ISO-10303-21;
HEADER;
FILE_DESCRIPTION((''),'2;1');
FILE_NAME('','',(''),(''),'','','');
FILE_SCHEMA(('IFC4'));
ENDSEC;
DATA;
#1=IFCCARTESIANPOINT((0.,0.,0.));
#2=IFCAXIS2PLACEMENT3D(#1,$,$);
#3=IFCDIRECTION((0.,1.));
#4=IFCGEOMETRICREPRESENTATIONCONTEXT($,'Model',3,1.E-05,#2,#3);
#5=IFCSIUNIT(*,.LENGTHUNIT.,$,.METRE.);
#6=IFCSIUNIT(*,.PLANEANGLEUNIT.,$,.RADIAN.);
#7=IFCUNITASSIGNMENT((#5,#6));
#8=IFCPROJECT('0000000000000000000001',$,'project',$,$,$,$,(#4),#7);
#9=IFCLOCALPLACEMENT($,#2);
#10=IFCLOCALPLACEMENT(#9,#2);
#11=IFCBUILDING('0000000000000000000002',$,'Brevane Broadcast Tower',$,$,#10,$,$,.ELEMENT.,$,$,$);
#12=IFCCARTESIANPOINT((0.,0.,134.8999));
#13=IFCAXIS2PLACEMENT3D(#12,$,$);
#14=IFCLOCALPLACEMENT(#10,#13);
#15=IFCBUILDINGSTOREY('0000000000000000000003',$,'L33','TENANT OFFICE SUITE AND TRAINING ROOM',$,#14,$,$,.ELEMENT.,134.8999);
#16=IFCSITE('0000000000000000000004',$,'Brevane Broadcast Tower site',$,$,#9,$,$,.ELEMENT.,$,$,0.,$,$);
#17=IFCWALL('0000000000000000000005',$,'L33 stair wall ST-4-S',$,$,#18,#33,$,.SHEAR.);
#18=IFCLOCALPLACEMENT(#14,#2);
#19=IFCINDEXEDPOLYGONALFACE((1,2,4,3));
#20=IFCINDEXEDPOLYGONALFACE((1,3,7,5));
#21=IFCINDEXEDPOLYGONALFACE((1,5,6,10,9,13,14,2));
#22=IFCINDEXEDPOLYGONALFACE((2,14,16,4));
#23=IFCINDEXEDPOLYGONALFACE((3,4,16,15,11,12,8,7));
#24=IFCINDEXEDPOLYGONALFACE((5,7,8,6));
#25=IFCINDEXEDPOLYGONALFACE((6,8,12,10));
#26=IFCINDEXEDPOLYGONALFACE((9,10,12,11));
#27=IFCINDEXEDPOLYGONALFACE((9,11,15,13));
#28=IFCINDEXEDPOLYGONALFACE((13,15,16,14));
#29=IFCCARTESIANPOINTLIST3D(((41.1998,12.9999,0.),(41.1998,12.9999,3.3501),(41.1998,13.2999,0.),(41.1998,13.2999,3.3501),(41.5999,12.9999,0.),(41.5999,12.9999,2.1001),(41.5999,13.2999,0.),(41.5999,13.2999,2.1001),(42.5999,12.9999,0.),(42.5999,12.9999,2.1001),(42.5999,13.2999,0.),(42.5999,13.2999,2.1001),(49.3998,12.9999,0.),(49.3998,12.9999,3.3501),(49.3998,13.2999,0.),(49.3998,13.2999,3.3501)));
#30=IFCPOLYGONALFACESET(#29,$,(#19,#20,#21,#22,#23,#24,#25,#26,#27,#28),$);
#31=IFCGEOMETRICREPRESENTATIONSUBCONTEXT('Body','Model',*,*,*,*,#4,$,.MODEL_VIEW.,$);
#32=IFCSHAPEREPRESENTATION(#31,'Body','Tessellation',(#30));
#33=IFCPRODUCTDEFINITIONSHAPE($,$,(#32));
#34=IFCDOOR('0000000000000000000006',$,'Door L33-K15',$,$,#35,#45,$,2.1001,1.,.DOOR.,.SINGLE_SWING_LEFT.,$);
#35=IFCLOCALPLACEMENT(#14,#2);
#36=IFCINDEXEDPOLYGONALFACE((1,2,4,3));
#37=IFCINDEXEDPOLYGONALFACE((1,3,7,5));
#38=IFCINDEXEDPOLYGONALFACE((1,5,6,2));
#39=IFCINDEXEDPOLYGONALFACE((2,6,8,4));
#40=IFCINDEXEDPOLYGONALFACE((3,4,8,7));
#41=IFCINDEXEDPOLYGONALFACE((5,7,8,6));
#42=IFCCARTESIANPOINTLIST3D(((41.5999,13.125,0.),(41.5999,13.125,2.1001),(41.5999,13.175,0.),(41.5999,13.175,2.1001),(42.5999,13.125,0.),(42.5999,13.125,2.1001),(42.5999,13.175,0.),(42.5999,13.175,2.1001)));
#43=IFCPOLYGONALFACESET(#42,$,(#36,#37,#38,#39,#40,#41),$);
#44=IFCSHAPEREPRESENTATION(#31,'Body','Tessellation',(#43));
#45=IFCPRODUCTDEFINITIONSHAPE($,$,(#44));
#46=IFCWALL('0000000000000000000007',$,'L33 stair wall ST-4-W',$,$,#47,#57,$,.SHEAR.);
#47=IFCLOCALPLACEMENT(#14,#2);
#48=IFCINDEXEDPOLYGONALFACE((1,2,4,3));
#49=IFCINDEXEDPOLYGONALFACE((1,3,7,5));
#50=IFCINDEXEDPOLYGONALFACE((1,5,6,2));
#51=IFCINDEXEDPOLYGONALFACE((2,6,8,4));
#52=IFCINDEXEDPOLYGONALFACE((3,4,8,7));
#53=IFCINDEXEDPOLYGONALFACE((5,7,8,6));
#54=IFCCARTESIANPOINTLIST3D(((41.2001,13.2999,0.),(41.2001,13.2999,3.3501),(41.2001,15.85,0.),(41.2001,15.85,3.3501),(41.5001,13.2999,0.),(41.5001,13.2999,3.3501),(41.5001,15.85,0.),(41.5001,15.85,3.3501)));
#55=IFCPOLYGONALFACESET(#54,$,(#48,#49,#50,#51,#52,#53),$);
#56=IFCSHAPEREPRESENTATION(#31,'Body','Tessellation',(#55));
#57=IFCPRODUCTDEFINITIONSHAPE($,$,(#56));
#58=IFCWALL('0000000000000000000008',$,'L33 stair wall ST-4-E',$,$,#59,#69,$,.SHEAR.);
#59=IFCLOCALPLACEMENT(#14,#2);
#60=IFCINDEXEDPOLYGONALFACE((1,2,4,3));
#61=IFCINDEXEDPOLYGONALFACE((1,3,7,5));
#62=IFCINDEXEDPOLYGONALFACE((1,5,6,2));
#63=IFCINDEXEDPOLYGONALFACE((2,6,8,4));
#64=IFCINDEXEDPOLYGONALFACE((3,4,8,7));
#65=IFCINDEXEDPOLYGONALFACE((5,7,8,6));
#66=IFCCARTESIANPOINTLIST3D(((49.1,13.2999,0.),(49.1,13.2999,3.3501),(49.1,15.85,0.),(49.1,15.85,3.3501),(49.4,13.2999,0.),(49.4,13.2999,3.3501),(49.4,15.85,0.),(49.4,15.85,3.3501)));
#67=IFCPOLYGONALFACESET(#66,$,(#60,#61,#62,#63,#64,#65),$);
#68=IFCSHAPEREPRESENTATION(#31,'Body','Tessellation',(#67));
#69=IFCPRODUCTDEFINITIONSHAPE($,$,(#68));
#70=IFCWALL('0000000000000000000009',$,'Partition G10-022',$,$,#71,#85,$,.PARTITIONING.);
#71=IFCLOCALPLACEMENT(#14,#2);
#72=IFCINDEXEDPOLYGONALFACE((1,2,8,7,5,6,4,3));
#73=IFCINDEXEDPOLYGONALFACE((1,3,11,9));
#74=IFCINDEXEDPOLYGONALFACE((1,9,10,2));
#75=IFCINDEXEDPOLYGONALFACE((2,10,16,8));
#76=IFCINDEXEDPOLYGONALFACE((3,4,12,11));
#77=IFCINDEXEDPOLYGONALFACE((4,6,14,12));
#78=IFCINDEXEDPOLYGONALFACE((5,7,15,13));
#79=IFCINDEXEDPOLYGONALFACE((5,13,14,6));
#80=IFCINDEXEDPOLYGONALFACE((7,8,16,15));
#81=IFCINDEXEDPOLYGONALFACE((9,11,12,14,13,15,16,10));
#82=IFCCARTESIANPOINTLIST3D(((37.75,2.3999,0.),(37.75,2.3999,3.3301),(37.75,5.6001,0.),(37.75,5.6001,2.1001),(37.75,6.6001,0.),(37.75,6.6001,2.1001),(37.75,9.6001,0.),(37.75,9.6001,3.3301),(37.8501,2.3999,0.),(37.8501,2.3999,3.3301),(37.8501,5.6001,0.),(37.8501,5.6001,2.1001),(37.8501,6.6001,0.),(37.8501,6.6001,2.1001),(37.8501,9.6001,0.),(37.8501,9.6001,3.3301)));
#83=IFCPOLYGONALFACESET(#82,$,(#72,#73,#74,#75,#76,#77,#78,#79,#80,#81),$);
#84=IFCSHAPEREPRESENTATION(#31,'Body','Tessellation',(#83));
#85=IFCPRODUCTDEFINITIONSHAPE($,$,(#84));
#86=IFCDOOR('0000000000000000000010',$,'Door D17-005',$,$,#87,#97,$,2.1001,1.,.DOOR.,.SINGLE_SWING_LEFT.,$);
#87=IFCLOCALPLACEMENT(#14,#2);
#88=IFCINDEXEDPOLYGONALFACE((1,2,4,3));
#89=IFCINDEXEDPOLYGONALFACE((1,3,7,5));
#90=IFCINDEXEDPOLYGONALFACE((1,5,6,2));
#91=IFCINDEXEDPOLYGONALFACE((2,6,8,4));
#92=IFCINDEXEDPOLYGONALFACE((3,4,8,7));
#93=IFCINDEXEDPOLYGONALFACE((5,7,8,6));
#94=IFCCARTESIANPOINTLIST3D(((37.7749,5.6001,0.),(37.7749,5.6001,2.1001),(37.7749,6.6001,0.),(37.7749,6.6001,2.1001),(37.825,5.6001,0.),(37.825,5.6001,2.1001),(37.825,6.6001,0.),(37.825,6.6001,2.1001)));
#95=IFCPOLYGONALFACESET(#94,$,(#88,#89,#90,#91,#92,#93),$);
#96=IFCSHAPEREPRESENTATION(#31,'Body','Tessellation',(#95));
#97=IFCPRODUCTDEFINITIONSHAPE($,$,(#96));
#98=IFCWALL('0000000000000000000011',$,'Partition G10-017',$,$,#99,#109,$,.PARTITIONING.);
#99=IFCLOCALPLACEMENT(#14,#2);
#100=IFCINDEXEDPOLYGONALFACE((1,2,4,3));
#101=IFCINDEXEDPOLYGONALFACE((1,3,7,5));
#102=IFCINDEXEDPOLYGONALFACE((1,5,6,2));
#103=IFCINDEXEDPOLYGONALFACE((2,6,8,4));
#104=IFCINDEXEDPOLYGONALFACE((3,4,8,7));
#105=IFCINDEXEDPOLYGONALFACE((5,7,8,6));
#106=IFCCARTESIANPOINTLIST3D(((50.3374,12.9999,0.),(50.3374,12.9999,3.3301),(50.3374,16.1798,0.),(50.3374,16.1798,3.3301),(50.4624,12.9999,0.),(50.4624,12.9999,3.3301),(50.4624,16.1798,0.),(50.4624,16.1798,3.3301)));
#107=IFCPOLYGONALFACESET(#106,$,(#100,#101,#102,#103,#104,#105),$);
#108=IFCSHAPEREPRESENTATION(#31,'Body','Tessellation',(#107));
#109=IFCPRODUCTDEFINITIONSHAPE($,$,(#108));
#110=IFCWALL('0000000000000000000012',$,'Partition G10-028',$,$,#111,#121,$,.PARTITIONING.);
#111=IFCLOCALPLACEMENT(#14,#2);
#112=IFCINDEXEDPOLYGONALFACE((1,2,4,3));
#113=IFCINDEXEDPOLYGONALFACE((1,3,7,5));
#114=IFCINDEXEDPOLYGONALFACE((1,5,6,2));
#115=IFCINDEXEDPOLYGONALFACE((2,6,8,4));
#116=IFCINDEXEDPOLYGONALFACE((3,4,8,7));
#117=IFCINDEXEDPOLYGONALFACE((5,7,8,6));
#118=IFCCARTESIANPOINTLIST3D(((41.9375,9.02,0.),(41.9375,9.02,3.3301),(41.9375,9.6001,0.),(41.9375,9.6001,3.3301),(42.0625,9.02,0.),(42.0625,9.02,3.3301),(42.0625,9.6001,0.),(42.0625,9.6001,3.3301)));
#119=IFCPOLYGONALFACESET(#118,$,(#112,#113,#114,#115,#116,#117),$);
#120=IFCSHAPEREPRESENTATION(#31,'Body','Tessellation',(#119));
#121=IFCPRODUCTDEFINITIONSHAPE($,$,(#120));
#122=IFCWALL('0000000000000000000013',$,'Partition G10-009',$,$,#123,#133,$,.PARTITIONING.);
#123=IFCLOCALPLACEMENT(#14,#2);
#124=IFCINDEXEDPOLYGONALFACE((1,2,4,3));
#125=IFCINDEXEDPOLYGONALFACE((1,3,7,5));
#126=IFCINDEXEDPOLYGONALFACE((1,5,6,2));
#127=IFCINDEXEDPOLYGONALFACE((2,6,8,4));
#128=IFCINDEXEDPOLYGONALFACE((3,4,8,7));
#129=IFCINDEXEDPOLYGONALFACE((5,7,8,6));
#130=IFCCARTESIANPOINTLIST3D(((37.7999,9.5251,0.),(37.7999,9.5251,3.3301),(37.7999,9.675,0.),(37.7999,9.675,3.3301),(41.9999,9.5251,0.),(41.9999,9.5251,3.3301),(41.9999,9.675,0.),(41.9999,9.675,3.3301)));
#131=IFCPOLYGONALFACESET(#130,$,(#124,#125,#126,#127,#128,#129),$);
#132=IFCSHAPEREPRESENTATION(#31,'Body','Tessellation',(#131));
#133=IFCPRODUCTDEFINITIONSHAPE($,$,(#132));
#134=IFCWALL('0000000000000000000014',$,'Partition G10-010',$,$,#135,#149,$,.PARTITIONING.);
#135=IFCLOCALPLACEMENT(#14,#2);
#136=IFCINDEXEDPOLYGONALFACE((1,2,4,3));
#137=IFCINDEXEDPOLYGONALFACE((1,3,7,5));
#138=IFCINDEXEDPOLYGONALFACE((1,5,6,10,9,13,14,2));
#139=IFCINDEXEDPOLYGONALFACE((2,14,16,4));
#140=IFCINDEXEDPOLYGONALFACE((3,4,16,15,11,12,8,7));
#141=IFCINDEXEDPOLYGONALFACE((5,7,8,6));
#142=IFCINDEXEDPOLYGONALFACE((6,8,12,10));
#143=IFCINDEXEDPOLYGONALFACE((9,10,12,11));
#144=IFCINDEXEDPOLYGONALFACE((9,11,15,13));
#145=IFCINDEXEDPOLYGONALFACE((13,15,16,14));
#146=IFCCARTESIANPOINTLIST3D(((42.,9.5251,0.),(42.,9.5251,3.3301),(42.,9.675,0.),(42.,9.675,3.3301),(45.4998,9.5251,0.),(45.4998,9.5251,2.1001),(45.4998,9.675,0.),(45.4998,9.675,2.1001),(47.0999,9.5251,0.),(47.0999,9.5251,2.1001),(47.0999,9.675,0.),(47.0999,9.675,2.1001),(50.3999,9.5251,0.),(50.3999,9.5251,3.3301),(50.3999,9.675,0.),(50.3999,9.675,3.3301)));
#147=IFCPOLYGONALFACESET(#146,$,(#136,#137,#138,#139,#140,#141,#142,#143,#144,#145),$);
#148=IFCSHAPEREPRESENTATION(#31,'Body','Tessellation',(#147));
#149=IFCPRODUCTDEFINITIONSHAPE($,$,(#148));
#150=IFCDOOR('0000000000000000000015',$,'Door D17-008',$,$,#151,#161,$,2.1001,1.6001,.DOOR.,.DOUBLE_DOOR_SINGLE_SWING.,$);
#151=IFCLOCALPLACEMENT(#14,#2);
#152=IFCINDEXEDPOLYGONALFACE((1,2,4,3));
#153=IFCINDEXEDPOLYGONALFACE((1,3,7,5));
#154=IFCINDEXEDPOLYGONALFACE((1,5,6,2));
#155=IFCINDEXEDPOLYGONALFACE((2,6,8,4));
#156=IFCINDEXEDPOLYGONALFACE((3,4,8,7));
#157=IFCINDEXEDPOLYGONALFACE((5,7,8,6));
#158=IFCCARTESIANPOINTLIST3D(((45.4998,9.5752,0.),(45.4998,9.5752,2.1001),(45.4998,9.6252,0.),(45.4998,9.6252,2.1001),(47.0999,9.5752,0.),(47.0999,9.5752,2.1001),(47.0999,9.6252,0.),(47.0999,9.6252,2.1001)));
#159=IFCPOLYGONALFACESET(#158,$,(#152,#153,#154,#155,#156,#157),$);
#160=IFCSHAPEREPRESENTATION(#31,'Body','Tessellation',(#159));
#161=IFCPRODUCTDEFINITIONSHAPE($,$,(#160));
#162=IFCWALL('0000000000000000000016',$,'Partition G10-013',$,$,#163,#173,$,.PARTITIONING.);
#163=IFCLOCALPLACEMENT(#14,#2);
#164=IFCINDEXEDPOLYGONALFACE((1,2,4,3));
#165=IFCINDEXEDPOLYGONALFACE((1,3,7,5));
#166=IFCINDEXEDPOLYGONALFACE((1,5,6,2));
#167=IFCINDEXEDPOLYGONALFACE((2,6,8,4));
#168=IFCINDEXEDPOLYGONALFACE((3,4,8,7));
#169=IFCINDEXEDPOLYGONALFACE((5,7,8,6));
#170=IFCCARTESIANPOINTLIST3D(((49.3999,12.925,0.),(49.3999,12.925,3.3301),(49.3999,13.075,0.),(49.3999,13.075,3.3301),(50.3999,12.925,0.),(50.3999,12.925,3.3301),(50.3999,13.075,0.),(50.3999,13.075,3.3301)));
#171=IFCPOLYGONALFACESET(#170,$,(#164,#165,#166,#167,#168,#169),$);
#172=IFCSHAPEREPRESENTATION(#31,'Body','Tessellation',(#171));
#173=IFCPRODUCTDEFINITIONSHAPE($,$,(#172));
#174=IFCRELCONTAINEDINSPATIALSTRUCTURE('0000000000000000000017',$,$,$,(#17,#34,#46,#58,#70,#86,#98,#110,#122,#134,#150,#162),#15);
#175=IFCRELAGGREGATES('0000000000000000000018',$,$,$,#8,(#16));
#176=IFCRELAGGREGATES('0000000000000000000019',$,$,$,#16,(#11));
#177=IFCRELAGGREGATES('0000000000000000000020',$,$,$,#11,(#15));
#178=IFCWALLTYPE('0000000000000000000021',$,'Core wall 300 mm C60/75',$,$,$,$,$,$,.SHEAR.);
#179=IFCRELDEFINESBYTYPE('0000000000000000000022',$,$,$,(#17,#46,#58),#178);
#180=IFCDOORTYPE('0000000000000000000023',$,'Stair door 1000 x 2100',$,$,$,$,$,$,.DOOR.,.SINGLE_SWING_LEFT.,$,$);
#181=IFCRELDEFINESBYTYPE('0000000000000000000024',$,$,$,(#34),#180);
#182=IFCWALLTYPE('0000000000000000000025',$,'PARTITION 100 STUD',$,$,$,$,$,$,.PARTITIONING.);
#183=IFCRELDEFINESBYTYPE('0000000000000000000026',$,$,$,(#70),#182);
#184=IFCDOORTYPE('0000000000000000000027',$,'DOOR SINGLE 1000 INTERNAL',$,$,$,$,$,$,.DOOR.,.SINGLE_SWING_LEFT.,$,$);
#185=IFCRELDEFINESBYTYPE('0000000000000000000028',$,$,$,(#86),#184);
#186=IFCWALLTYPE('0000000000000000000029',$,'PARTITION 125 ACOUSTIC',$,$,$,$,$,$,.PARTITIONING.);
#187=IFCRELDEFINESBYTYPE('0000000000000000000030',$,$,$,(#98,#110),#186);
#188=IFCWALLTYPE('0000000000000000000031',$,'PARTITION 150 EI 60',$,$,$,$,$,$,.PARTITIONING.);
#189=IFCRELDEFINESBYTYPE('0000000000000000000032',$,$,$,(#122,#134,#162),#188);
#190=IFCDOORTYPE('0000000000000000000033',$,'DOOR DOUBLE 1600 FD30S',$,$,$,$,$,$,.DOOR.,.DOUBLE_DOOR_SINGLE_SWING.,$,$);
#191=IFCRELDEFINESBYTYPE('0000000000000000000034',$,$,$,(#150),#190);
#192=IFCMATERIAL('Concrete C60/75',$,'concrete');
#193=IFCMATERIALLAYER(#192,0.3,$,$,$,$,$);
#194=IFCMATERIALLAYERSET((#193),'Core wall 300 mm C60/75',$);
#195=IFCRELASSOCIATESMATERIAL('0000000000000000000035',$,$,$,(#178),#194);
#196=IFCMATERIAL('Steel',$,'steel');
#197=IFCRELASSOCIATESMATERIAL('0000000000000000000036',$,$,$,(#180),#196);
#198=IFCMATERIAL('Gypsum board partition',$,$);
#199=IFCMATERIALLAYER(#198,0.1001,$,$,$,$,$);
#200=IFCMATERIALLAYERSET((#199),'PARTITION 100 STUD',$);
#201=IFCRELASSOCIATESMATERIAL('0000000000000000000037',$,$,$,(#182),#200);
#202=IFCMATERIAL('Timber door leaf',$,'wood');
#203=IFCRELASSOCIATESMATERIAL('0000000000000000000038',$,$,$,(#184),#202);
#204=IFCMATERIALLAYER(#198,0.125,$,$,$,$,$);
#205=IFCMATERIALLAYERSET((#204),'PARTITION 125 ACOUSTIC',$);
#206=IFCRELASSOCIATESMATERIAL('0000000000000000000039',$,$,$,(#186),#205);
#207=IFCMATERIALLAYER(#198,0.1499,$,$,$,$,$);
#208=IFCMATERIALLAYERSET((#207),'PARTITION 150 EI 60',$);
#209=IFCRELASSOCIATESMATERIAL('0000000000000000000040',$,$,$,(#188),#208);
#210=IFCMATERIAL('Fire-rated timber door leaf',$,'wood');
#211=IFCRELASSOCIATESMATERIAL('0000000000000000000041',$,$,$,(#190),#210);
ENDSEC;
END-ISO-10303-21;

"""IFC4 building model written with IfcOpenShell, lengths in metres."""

from ifc_helpers import new_model, si_unit, direction, frame, frame_2d, origin, place, context, subcontext, project, spatial, rectangle, extrude, material, layer, layer_set, type_object, element, fill, save


model = new_model("IFC4")

# Units and contexts
model_context = context("Model", 3, precision=1e-05, world=origin(), true_north=direction((0.0, 1.0)))
body_context = subcontext(model_context, "Body", "Model", "MODEL_VIEW")
ifc_project = project(units=[si_unit("LENGTHUNIT", "METRE"), si_unit("PLANEANGLEUNIT", "RADIAN")], contexts=[model_context])

# Site, building, storey
site_placement = place(None, origin())
site = spatial("IfcSite", under=ifc_project, at=site_placement, Name="Brevane Broadcast Tower site", CompositionType="ELEMENT", RefElevation=0.0)
building_placement = place(site_placement, origin())
building = spatial("IfcBuilding", under=site, at=building_placement, Name="Brevane Broadcast Tower", CompositionType="ELEMENT")
storey_placement = place(building_placement, frame((0.0, 0.0, 134.8999)))
storey = spatial("IfcBuildingStorey", under=building, at=storey_placement, Name="L33", Description="TENANT OFFICE SUITE AND TRAINING ROOM", CompositionType="ELEMENT", Elevation=134.8999)

# Wall, opening, door
ifc_material_1 = material(Name="Concrete C60/75", Category="concrete")
ifc_layer_1 = layer(ifc_material_1, 0.3)
ifc_layer_set_1 = layer_set([ifc_layer_1], Name="Core wall 300 mm C60/75")
wall_type_1 = type_object("IfcWallType", Name="Core wall 300 mm C60/75", PredefinedType="SHEAR", material=ifc_layer_set_1)
wall_1_placement = place(storey_placement, frame((49.3999, 13.1499, 0.0), z_axis=(0.0, 0.0, 1.0), x_axis=(-1.0, 0.0, 0.0)))
wall_1 = element("IfcWall", 1, at=wall_1_placement, inside=storey, type_object=wall_type_1, Name="L33 stair wall ST-4-S", PredefinedType="SHEAR", context=body_context, shape_type="SweptSolid", body=[
    extrude(rectangle(XDim=8.2, YDim=0.3, at=frame_2d((4.1001, 0.0))), origin(), (0.0, 0.0, 1.0), 3.3501),
])
opening_1_placement = place(wall_1_placement, frame((6.8, 0.0, 0.0)))
opening_1 = element("IfcOpeningElement", 2, at=opening_1_placement, cuts=wall_1, PredefinedType="OPENING", context=body_context, shape_type="SweptSolid", body=[
    extrude(rectangle(XDim=1.0, YDim=2.1001, at=frame_2d((0.5, 1.05))), frame((0.0, 0.1599, 0.0), z_axis=(0.0, -1.0, 0.0), x_axis=(1.0, 0.0, 0.0)), (0.0, 0.0, 1.0), 0.3201),
])
ifc_material_2 = material(Name="Steel", Category="steel")
door_type_1 = type_object("IfcDoorType", Name="Stair door 1000 x 2100", OperationType="SINGLE_SWING_LEFT", PredefinedType="DOOR", material=ifc_material_2)
door_1_placement = place(opening_1_placement, origin())
door_1 = element("IfcDoor", 3, at=door_1_placement, inside=storey, type_object=door_type_1, Name="Door L33-K15", OperationType="SINGLE_SWING_LEFT", OverallHeight=2.1001, OverallWidth=1.0, PredefinedType="DOOR", context=body_context, shape_type="SweptSolid", body=[
    extrude(rectangle(XDim=1.0, YDim=2.1001, at=frame_2d((0.5, 1.05))), frame((0.0, 0.0249, 0.0), z_axis=(0.0, -1.0, 0.0), x_axis=(1.0, 0.0, 0.0)), (0.0, 0.0, 1.0), 0.05),
])
fill(opening_1, door_1)

# Walls
for number, where, z_axis, x_axis, name in (
    (4, (41.3501, 13.3, 0.0), (0.0, 0.0, 1.0), (0.0, 1.0, 0.0), "L33 stair wall ST-4-W"),
    (5, (49.25, 13.3, 0.0), (0.0, 0.0, 1.0), (0.0, 1.0, 0.0), "L33 stair wall ST-4-E"),
):
    element("IfcWall", number, at=place(storey_placement, frame(where, z_axis=z_axis, x_axis=x_axis)), inside=storey, type_object=wall_type_1, Name=name, PredefinedType="SHEAR", context=body_context, shape_type="SweptSolid", body=[
        extrude(rectangle(XDim=2.55, YDim=0.3, at=frame_2d((1.2749, 0.0))), origin(), (0.0, 0.0, 1.0), 3.3501),
    ])

# Wall, opening, door
ifc_material_3 = material(Name="Gypsum board partition")
ifc_layer_2 = layer(ifc_material_3, 0.1001)
ifc_layer_set_2 = layer_set([ifc_layer_2], Name="PARTITION 100 STUD")
wall_type_2 = type_object("IfcWallType", Name="PARTITION 100 STUD", PredefinedType="PARTITIONING", material=ifc_layer_set_2)
wall_2_placement = place(storey_placement, frame((37.8, 9.6001, 0.0), z_axis=(0.0, 0.0, 1.0), x_axis=(0.0, -1.0, 0.0)))
wall_2 = element("IfcWall", 6, at=wall_2_placement, inside=storey, type_object=wall_type_2, Name="Partition G10-022", PredefinedType="PARTITIONING", context=body_context, shape_type="SweptSolid", body=[
    extrude(rectangle(XDim=7.2002, YDim=0.1001, at=frame_2d((3.6001, 0.0))), origin(), (0.0, 0.0, 1.0), 3.3301),
])
opening_2_placement = place(wall_2_placement, frame((3.0, 0.0, 0.0)))
opening_2 = element("IfcOpeningElement", 7, at=opening_2_placement, cuts=wall_2, PredefinedType="OPENING", context=body_context, shape_type="SweptSolid", body=[
    extrude(rectangle(XDim=1.0, YDim=2.1001, at=frame_2d((0.5, 1.05))), frame((0.0, 0.0601, 0.0), z_axis=(0.0, -1.0, 0.0), x_axis=(1.0, 0.0, 0.0)), (0.0, 0.0, 1.0), 0.1201),
])
ifc_material_4 = material(Name="Timber door leaf", Category="wood")
door_type_2 = type_object("IfcDoorType", Name="DOOR SINGLE 1000 INTERNAL", OperationType="SINGLE_SWING_LEFT", PredefinedType="DOOR", material=ifc_material_4)
door_2_placement = place(opening_2_placement, origin())
door_2 = element("IfcDoor", 8, at=door_2_placement, inside=storey, type_object=door_type_2, Name="Door D17-005", OperationType="SINGLE_SWING_LEFT", OverallHeight=2.1001, OverallWidth=1.0, PredefinedType="DOOR", context=body_context, shape_type="SweptSolid", body=[
    extrude(rectangle(XDim=1.0, YDim=2.1001, at=frame_2d((0.5, 1.05))), frame((0.0, 0.0249, 0.0), z_axis=(0.0, -1.0, 0.0), x_axis=(1.0, 0.0, 0.0)), (0.0, 0.0, 1.0), 0.05),
])
fill(opening_2, door_2)

# Walls
ifc_layer_3 = layer(ifc_material_3, 0.125)
ifc_layer_set_3 = layer_set([ifc_layer_3], Name="PARTITION 125 ACOUSTIC")
wall_type_3 = type_object("IfcWallType", Name="PARTITION 125 ACOUSTIC", PredefinedType="PARTITIONING", material=ifc_layer_set_3)
wall_3_placement = place(storey_placement, frame((50.3999, 13.0, 0.0), z_axis=(0.0, 0.0, 1.0), x_axis=(0.0, 1.0, 0.0)))
element("IfcWall", 9, at=wall_3_placement, inside=storey, type_object=wall_type_3, Name="Partition G10-017", PredefinedType="PARTITIONING", context=body_context, shape_type="SweptSolid", body=[
    extrude(rectangle(XDim=3.1799, YDim=0.125, at=frame_2d((1.5898, 0.0))), origin(), (0.0, 0.0, 1.0), 3.3301),
])
wall_4_placement = place(storey_placement, frame((42.0, 9.6001, 0.0), z_axis=(0.0, 0.0, 1.0), x_axis=(0.0, -1.0, 0.0)))
element("IfcWall", 10, at=wall_4_placement, inside=storey, type_object=wall_type_3, Name="Partition G10-028", PredefinedType="PARTITIONING", context=body_context, shape_type="SweptSolid", body=[
    extrude(rectangle(XDim=0.5801, YDim=0.125, at=frame_2d((0.29, 0.0))), origin(), (0.0, 0.0, 1.0), 3.3301),
])

# Shared definitions
ifc_layer_4 = layer(ifc_material_3, 0.1499)
ifc_layer_set_4 = layer_set([ifc_layer_4], Name="PARTITION 150 EI 60")
wall_type_4 = type_object("IfcWallType", Name="PARTITION 150 EI 60", PredefinedType="PARTITIONING", material=ifc_layer_set_4)
ifc_material_5 = material(Name="Fire-rated timber door leaf", Category="wood")

# Wall
wall_5_placement = place(storey_placement, frame((42.0, 9.6001, 0.0), z_axis=(0.0, 0.0, 1.0), x_axis=(-1.0, 0.0, 0.0)))
element("IfcWall", 11, at=wall_5_placement, inside=storey, type_object=wall_type_4, Name="Partition G10-009", PredefinedType="PARTITIONING", context=body_context, shape_type="SweptSolid", body=[
    extrude(rectangle(XDim=4.2, YDim=0.1499, at=frame_2d((2.1001, 0.0))), origin(), (0.0, 0.0, 1.0), 3.3301),
])

# Wall, opening, door
wall_6_placement = place(storey_placement, frame((50.3999, 9.6001, 0.0), z_axis=(0.0, 0.0, 1.0), x_axis=(-1.0, 0.0, 0.0)))
wall_6 = element("IfcWall", 12, at=wall_6_placement, inside=storey, type_object=wall_type_4, Name="Partition G10-010", PredefinedType="PARTITIONING", context=body_context, shape_type="SweptSolid", body=[
    extrude(rectangle(XDim=8.3999, YDim=0.1499, at=frame_2d((4.2, 0.0))), origin(), (0.0, 0.0, 1.0), 3.3301),
])
opening_3_placement = place(wall_6_placement, frame((3.3, 0.0, 0.0)))
opening_3 = element("IfcOpeningElement", 13, at=opening_3_placement, cuts=wall_6, PredefinedType="OPENING", context=body_context, shape_type="SweptSolid", body=[
    extrude(rectangle(XDim=1.6001, YDim=2.1001, at=frame_2d((0.8, 1.05))), frame((0.0, 0.085, 0.0), z_axis=(0.0, -1.0, 0.0), x_axis=(1.0, 0.0, 0.0)), (0.0, 0.0, 1.0), 0.1699),
])
door_type_3 = type_object("IfcDoorType", Name="DOOR DOUBLE 1600 FD30S", OperationType="DOUBLE_DOOR_SINGLE_SWING", PredefinedType="DOOR", material=ifc_material_5)
door_3_placement = place(opening_3_placement, origin())
door_3 = element("IfcDoor", 14, at=door_3_placement, inside=storey, type_object=door_type_3, Name="Door D17-008", OperationType="DOUBLE_DOOR_SINGLE_SWING", OverallHeight=2.1001, OverallWidth=1.6001, PredefinedType="DOOR", context=body_context, shape_type="SweptSolid", body=[
    extrude(rectangle(XDim=1.6001, YDim=2.1001, at=frame_2d((0.8, 1.05))), frame((0.0, 0.0249, 0.0), z_axis=(0.0, -1.0, 0.0), x_axis=(1.0, 0.0, 0.0)), (0.0, 0.0, 1.0), 0.05),
])
fill(opening_3, door_3)

# Wall
wall_7_placement = place(storey_placement, frame((49.3999, 13.0, 0.0), z_axis=(0.0, 0.0, 1.0), x_axis=(1.0, 0.0, 0.0)))
element("IfcWall", 15, at=wall_7_placement, inside=storey, type_object=wall_type_4, Name="Partition G10-013", PredefinedType="PARTITIONING", context=body_context, shape_type="SweptSolid", body=[
    extrude(rectangle(XDim=1.0, YDim=0.1499, at=frame_2d((0.5, 0.0))), origin(), (0.0, 0.0, 1.0), 3.3301),
])

save(model, "model.ifc")
